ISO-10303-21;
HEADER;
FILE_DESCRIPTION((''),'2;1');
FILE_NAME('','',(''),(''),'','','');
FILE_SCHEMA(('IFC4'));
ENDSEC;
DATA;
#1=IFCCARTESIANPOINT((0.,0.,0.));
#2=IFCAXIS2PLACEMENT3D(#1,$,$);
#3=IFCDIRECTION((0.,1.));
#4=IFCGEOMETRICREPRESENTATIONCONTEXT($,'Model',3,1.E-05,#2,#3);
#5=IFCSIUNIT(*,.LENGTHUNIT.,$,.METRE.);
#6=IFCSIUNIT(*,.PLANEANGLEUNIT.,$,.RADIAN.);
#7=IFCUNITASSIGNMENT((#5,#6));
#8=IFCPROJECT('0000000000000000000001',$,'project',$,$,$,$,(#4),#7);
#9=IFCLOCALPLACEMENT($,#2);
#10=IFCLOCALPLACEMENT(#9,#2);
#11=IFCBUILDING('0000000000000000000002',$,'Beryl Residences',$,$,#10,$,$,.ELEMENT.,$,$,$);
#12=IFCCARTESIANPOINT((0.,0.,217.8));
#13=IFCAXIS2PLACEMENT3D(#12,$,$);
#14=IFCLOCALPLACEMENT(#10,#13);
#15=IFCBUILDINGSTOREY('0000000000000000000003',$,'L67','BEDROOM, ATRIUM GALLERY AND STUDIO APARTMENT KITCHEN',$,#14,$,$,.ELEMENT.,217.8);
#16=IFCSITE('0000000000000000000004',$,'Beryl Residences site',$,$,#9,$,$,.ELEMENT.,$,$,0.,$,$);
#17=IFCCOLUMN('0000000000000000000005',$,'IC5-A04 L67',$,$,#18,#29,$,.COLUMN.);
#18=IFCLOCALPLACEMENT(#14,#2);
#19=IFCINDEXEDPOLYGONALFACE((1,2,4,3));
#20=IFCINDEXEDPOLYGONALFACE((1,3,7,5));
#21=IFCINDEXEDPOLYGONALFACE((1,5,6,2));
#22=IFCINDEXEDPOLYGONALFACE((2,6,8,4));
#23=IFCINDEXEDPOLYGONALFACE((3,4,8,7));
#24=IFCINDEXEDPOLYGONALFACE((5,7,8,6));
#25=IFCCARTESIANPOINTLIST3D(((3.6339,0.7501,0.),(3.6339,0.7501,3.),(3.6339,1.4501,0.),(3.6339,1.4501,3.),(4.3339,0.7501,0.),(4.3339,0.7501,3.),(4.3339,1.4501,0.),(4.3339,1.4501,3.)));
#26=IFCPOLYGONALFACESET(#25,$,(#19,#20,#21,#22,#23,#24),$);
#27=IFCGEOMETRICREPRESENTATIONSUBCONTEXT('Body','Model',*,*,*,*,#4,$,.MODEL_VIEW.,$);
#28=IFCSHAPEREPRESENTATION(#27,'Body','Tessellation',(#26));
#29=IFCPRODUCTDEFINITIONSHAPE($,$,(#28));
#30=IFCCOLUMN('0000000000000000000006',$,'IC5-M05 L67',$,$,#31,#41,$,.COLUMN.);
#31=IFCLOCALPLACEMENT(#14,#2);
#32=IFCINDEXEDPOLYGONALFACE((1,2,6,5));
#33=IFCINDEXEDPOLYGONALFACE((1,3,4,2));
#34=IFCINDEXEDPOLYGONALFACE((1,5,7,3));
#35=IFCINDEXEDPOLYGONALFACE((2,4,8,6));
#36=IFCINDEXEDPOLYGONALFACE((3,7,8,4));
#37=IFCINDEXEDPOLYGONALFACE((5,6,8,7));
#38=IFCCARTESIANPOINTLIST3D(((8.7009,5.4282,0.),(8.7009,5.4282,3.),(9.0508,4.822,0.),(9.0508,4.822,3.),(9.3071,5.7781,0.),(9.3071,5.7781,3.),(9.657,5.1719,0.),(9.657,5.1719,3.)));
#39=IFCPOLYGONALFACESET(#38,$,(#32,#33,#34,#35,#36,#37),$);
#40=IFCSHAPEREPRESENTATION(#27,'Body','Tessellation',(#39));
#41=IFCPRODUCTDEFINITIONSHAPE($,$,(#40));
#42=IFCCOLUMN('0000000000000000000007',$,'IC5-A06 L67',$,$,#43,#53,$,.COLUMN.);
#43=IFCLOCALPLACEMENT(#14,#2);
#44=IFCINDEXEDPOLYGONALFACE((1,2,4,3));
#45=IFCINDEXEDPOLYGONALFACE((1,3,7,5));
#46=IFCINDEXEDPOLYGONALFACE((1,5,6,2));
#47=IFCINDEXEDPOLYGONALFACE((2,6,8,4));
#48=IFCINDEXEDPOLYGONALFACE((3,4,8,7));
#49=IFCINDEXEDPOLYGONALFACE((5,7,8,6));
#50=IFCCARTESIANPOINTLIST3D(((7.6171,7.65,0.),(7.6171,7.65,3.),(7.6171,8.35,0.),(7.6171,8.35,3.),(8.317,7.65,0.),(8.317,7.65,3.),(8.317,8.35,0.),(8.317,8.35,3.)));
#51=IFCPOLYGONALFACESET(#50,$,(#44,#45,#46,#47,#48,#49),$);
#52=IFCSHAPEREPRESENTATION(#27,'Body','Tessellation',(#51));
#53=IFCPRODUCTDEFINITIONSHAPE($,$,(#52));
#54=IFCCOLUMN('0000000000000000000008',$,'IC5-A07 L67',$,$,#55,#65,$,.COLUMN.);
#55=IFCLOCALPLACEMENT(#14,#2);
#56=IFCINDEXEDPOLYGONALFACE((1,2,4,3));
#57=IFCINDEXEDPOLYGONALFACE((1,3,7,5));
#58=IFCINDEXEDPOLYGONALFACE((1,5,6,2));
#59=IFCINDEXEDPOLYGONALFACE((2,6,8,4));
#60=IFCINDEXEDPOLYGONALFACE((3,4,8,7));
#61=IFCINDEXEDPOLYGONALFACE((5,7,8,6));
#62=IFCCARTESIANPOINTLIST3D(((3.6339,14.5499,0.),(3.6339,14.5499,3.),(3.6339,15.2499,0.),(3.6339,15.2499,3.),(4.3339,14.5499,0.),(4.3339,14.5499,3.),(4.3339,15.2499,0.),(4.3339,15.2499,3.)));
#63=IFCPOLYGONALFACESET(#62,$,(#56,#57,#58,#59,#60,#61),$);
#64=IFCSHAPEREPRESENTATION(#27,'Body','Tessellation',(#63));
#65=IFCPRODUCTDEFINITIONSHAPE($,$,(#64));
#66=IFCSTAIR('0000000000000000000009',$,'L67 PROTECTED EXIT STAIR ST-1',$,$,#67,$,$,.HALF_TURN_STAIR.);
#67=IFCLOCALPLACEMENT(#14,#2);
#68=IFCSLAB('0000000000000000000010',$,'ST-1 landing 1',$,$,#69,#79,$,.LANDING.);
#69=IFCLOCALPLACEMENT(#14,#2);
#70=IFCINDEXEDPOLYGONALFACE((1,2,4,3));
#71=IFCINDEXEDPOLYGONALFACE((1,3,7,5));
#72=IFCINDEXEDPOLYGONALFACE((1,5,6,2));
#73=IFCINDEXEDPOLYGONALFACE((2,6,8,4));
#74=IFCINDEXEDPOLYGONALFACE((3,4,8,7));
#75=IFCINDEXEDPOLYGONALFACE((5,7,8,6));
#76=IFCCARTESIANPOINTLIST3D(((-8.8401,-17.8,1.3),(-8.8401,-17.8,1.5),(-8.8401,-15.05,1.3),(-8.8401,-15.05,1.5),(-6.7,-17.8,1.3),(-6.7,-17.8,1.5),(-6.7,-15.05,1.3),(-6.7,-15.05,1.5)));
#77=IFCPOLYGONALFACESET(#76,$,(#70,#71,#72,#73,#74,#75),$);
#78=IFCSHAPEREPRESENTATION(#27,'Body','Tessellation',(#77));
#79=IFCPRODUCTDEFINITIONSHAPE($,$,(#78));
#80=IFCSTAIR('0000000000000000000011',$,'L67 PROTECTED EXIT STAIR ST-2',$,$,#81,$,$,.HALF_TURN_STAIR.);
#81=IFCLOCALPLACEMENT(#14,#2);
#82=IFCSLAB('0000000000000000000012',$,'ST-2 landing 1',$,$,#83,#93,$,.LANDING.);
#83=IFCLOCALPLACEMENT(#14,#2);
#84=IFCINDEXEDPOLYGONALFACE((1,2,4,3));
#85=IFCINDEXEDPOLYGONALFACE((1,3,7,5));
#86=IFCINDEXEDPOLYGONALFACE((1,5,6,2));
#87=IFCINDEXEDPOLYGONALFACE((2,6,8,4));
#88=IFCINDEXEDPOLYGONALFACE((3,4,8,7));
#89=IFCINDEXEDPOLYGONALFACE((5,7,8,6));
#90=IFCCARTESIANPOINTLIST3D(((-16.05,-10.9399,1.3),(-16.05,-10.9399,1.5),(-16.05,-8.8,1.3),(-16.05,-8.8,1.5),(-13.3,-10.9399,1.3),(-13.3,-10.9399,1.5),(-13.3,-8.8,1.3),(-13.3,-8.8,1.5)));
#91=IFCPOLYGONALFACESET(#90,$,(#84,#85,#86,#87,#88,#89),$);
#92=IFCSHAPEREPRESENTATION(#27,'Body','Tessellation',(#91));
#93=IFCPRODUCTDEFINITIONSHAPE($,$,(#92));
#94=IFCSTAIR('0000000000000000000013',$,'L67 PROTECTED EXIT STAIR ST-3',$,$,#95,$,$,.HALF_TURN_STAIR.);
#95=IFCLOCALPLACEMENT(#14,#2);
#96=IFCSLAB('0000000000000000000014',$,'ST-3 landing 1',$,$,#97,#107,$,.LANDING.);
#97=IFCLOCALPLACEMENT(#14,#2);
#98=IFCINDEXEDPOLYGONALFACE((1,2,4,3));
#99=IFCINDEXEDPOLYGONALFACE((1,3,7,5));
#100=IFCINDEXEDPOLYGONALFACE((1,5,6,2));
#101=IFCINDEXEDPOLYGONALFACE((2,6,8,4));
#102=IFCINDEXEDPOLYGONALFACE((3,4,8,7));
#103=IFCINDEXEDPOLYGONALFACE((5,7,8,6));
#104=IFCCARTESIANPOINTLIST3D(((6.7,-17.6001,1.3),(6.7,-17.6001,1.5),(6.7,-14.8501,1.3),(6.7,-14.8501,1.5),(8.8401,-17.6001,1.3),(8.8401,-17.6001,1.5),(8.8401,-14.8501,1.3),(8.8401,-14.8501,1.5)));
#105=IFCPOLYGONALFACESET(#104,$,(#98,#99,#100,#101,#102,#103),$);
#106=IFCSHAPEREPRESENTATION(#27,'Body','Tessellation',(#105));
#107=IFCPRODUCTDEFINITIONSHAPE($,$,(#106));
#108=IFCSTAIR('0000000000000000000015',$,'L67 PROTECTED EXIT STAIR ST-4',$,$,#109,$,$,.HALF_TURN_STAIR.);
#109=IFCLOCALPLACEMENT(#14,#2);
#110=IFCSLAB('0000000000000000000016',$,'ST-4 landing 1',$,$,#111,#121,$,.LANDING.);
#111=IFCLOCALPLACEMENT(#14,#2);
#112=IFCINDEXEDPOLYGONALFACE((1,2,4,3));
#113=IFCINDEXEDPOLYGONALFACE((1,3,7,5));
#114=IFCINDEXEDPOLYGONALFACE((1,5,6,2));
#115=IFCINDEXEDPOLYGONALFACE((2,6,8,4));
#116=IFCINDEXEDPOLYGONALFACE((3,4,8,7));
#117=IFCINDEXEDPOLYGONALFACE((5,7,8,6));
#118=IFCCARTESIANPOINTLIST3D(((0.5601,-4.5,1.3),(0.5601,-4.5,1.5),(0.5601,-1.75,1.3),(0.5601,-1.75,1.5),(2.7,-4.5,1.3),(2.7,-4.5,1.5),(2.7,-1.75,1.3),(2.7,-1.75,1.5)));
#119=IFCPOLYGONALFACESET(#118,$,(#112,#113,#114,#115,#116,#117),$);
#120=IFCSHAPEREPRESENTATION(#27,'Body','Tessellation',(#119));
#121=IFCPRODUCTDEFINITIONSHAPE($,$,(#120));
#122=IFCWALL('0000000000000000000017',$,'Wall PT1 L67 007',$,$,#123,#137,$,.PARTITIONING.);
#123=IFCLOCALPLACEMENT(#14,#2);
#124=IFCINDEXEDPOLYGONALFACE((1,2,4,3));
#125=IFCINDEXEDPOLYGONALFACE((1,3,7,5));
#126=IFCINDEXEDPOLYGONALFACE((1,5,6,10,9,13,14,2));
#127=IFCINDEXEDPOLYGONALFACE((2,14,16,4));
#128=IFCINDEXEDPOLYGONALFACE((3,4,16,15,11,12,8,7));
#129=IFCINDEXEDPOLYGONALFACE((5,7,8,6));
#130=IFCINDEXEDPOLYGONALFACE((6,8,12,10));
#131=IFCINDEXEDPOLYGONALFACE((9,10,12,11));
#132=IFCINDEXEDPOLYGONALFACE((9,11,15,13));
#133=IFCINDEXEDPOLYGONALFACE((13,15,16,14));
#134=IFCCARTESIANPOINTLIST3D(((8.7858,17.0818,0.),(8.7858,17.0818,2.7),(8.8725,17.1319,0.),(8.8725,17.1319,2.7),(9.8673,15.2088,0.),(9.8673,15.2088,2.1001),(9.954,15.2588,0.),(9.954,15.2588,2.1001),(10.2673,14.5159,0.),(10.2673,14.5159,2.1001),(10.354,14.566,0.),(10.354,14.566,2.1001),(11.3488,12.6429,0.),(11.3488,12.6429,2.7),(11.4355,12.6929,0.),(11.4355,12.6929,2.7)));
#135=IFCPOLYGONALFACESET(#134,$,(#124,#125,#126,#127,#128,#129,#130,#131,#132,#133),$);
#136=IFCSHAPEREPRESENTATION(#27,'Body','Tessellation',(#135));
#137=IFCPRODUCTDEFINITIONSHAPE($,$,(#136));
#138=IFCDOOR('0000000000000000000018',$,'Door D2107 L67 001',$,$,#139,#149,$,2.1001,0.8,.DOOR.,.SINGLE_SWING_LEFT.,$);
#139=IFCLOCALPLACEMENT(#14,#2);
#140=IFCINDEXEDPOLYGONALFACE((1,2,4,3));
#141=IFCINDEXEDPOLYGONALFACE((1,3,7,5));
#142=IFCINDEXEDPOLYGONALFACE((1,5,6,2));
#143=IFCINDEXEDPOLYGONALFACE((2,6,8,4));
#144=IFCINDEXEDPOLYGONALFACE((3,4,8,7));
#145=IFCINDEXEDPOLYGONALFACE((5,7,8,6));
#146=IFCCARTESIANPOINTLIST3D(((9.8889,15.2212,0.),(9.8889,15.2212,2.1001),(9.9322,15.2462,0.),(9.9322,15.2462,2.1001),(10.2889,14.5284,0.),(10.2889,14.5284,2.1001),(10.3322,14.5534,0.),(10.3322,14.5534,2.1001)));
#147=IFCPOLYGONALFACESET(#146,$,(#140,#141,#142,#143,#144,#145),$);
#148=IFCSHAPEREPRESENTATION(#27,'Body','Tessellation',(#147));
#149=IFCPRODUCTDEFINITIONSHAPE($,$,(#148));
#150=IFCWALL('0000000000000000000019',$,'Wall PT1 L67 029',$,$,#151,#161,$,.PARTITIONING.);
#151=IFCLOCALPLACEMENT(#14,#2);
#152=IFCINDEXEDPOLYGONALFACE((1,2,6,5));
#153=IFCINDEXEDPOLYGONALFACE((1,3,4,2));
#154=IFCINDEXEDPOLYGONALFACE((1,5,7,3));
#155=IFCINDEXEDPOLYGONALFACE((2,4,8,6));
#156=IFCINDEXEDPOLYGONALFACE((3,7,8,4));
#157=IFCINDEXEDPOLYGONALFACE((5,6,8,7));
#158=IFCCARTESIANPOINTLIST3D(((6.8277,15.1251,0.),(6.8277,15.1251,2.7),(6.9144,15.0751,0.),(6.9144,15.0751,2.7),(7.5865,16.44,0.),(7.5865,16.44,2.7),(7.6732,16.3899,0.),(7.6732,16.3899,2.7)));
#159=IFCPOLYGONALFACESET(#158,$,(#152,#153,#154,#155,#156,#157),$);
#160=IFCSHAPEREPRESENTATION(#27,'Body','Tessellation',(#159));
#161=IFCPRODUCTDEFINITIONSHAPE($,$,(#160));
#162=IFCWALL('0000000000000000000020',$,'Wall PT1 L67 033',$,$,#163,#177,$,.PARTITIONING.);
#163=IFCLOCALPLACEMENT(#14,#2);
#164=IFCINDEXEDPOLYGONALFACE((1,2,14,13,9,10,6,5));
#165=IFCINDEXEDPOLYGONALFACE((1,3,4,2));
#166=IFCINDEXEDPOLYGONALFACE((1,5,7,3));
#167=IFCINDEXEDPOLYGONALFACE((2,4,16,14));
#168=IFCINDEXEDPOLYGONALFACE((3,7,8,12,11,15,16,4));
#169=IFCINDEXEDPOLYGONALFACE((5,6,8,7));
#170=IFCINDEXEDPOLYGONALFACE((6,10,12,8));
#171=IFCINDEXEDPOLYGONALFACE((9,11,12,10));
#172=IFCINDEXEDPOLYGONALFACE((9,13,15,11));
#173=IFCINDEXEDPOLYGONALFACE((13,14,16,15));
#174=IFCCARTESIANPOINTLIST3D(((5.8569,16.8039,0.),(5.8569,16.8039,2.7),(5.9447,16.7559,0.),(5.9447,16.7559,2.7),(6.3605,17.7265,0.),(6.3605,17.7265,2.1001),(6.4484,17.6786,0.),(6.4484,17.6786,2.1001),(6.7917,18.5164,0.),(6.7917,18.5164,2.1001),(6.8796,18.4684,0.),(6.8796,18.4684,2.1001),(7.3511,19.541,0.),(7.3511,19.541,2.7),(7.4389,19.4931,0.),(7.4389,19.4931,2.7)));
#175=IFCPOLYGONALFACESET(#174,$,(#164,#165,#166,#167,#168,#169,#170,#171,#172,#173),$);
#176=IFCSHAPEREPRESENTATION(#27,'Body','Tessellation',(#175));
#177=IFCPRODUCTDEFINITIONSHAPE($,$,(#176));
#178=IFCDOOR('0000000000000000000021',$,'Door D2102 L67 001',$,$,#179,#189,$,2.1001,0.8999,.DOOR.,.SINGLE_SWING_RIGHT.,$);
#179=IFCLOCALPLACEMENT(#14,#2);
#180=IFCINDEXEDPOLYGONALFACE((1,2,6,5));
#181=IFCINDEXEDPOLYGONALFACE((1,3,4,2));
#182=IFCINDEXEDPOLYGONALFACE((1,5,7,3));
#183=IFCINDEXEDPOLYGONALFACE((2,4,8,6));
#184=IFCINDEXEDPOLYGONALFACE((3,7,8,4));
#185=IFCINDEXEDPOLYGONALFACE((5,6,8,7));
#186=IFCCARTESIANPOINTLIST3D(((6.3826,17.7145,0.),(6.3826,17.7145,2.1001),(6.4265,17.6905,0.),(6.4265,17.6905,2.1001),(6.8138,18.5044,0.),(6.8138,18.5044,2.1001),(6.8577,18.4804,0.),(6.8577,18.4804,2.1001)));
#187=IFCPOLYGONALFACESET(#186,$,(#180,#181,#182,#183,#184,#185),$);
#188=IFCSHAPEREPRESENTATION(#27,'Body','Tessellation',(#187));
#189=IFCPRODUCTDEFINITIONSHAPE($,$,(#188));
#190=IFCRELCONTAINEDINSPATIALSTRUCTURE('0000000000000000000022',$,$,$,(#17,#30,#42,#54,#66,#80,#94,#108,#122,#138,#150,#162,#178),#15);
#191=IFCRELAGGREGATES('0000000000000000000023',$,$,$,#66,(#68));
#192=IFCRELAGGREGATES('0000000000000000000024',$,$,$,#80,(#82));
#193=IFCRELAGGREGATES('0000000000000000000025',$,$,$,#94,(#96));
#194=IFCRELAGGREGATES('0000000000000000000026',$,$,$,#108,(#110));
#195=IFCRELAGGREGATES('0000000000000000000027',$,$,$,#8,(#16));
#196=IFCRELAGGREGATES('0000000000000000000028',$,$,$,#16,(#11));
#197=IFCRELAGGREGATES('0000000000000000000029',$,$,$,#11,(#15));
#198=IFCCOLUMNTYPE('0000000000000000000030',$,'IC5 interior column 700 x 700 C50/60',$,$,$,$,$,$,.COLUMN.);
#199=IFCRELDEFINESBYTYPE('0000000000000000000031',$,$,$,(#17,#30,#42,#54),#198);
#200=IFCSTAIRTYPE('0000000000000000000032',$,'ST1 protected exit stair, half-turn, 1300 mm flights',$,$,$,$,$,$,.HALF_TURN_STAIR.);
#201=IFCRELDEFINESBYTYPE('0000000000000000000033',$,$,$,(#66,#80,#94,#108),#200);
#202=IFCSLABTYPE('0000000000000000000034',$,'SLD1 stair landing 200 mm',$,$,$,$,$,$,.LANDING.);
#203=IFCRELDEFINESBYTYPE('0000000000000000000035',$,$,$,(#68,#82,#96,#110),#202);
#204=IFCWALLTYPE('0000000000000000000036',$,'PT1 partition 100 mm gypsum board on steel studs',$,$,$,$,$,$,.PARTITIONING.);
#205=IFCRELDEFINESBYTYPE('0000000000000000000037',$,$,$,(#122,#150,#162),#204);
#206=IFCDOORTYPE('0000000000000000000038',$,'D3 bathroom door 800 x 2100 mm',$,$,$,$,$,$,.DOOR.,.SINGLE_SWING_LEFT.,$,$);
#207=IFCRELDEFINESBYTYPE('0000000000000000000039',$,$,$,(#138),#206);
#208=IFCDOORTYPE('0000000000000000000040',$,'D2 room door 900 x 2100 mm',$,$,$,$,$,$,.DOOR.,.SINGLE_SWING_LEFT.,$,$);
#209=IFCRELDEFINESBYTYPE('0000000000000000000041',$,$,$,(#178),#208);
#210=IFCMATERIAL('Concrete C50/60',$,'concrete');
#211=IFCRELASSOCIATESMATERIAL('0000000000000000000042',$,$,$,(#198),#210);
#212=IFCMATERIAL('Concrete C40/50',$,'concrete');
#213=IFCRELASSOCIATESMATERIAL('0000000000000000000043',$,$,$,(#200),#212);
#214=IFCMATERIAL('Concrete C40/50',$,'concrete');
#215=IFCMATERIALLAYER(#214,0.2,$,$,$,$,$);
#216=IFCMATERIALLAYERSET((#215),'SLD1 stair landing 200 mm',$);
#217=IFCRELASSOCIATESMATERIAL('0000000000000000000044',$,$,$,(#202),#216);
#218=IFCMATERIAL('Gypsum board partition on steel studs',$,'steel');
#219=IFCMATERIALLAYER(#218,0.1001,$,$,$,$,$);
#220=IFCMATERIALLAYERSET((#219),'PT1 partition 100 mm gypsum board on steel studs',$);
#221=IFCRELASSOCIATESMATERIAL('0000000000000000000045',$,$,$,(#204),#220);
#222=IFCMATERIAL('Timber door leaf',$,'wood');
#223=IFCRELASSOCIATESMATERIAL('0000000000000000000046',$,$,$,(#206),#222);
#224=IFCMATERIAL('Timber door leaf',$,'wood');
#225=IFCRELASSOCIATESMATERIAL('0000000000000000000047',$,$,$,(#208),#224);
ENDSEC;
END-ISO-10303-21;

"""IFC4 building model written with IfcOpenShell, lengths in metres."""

from ifc_helpers import new_model, si_unit, direction, frame, frame_2d, origin, origin_2d, place, context, subcontext, project, spatial, polyline, rectangle, outline, extrude, material, layer, layer_set, material_profile, profile_set, type_object, element, fill, aggregate, save


model = new_model("IFC4")

# Units and contexts
model_context = context("Model", 3, precision=1e-05, world=origin(), true_north=direction((0.0, 1.0)))
body_context = subcontext(model_context, "Body", "Model", "MODEL_VIEW")
ifc_project = project(units=[si_unit("LENGTHUNIT", "METRE"), si_unit("PLANEANGLEUNIT", "RADIAN")], contexts=[model_context])

# Site, building, storey
site_placement = place(None, origin())
site = spatial("IfcSite", under=ifc_project, at=site_placement, Name="Beryl Residences site", CompositionType="ELEMENT", RefElevation=0.0)
building_placement = place(site_placement, origin())
building = spatial("IfcBuilding", under=site, at=building_placement, Name="Beryl Residences", CompositionType="ELEMENT")
storey_placement = place(building_placement, frame((0.0, 0.0, 217.8)))
storey = spatial("IfcBuildingStorey", under=building, at=storey_placement, Name="L67", Description="BEDROOM, ATRIUM GALLERY AND STUDIO APARTMENT KITCHEN", CompositionType="ELEMENT", Elevation=217.8)

# Columns
ifc_material_1 = material(Name="Concrete C50/60", Category="concrete")
ifc_material_profile = material_profile(ifc_material_1, rectangle(XDim=0.7, YDim=0.7, at=origin_2d()))
ifc_profile_set = profile_set([ifc_material_profile], Name="Concrete C50/60")
column_type = type_object("IfcColumnType", Name="IC5 interior column 700 x 700 C50/60", PredefinedType="COLUMN", material=ifc_profile_set)
for number, where, z_axis, x_axis, name in (
    (1, (3.9839, 1.1001, 0.0), (0.0, 0.0, 1.0), (1.0, 0.0, 0.0), "IC5-A04 L67"),
    (2, (9.179, 5.3, 0.0), (0.0, 0.0, 1.0), (-0.49997, 0.866043, 0.0), "IC5-M05 L67"),
    (3, (7.967, 8.0, 0.0), (0.0, 0.0, 1.0), (1.0, 0.0, 0.0), "IC5-A06 L67"),
    (4, (3.9839, 14.8999, 0.0), (0.0, 0.0, 1.0), (1.0, 0.0, 0.0), "IC5-A07 L67"),
):
    element("IfcColumn", number, at=place(storey_placement, frame(where, z_axis=z_axis, x_axis=x_axis)), inside=storey, type_object=column_type, Name=name, PredefinedType="COLUMN", context=body_context, shape_type="SweptSolid", body=[
        extrude(rectangle(XDim=0.7, YDim=0.7, at=origin_2d()), origin(), (0.0, 0.0, 1.0), 3.0),
    ])

# Stairs, slabs
ifc_material_2 = material(Name="Concrete C40/50", Category="concrete")
stair_type = type_object("IfcStairType", Name="ST1 protected exit stair, half-turn, 1300 mm flights", PredefinedType="HALF_TURN_STAIR", material=ifc_material_2)
stair_1_placement = place(storey_placement, origin())
stair_1 = element("IfcStair", 5, at=stair_1_placement, inside=storey, type_object=stair_type, Name="L67 PROTECTED EXIT STAIR ST-1", PredefinedType="HALF_TURN_STAIR")
ifc_material_3 = material(Name="Concrete C40/50", Category="concrete")
ifc_layer_1 = layer(ifc_material_3, 0.2)
ifc_layer_set_1 = layer_set([ifc_layer_1], Name="SLD1 stair landing 200 mm")
slab_type_1 = type_object("IfcSlabType", Name="SLD1 stair landing 200 mm", PredefinedType="LANDING", material=ifc_layer_set_1)
slab_1_placement = place(storey_placement, frame((0.0, 0.0, 1.3)))
slab_1 = element("IfcSlab", 6, at=slab_1_placement, type_object=slab_type_1, Name="ST-1 landing 1", PredefinedType="LANDING", context=body_context, shape_type="SweptSolid", body=[
    extrude(outline(polyline([(-8.8401, -17.8), (-6.7, -17.8), (-6.7, -15.05), (-8.8401, -15.05), (-8.8401, -17.8)])), origin(), (0.0, 0.0, 1.0), 0.2),
])
aggregate(stair_1, [slab_1])
stair_2_placement = place(storey_placement, origin())
stair_2 = element("IfcStair", 7, at=stair_2_placement, inside=storey, type_object=stair_type, Name="L67 PROTECTED EXIT STAIR ST-2", PredefinedType="HALF_TURN_STAIR")
slab_2_placement = place(storey_placement, frame((0.0, 0.0, 1.3)))
slab_2 = element("IfcSlab", 8, at=slab_2_placement, type_object=slab_type_1, Name="ST-2 landing 1", PredefinedType="LANDING", context=body_context, shape_type="SweptSolid", body=[
    extrude(outline(polyline([(-13.3, -10.9399), (-13.3, -8.8), (-16.05, -8.8), (-16.05, -10.9399), (-13.3, -10.9399)])), origin(), (0.0, 0.0, 1.0), 0.2),
])
aggregate(stair_2, [slab_2])
stair_3_placement = place(storey_placement, origin())
stair_3 = element("IfcStair", 9, at=stair_3_placement, inside=storey, type_object=stair_type, Name="L67 PROTECTED EXIT STAIR ST-3", PredefinedType="HALF_TURN_STAIR")
slab_3_placement = place(storey_placement, frame((0.0, 0.0, 1.3)))
slab_3 = element("IfcSlab", 10, at=slab_3_placement, type_object=slab_type_1, Name="ST-3 landing 1", PredefinedType="LANDING", context=body_context, shape_type="SweptSolid", body=[
    extrude(outline(polyline([(8.8401, -14.8501), (6.7, -14.8501), (6.7, -17.6001), (8.8401, -17.6001), (8.8401, -14.8501)])), origin(), (0.0, 0.0, 1.0), 0.2),
])
aggregate(stair_3, [slab_3])
stair_4_placement = place(storey_placement, origin())
stair_4 = element("IfcStair", 11, at=stair_4_placement, inside=storey, type_object=stair_type, Name="L67 PROTECTED EXIT STAIR ST-4", PredefinedType="HALF_TURN_STAIR")
slab_4_placement = place(storey_placement, frame((0.0, 0.0, 1.3)))
slab_4 = element("IfcSlab", 12, at=slab_4_placement, type_object=slab_type_1, Name="ST-4 landing 1", PredefinedType="LANDING", context=body_context, shape_type="SweptSolid", body=[
    extrude(outline(polyline([(0.5601, -4.5), (2.7, -4.5), (2.7, -1.75), (0.5601, -1.75), (0.5601, -4.5)])), origin(), (0.0, 0.0, 1.0), 0.2),
])
aggregate(stair_4, [slab_4])

# Wall, opening, door
ifc_material_4 = material(Name="Gypsum board partition on steel studs", Category="steel")
ifc_layer_2 = layer(ifc_material_4, 0.1001)
ifc_layer_set_2 = layer_set([ifc_layer_2], Name="PT1 partition 100 mm gypsum board on steel studs")
wall_type_1 = type_object("IfcWallType", Name="PT1 partition 100 mm gypsum board on steel studs", PredefinedType="PARTITIONING", material=ifc_layer_set_2)
wall_1_placement = place(storey_placement, frame((8.8291, 17.1069, 0.0), z_axis=(0.0, 0.0, 1.0), x_axis=(0.500022, -0.866013, 0.0)))
wall_1 = element("IfcWall", 13, at=wall_1_placement, inside=storey, type_object=wall_type_1, Name="Wall PT1 L67 007", PredefinedType="PARTITIONING", context=body_context, shape_type="SweptSolid", body=[
    extrude(rectangle(XDim=5.1257, YDim=0.1001, at=frame_2d((2.563, 0.0))), origin(), (0.0, 0.0, 1.0), 2.7),
])
opening_1_placement = place(wall_1_placement, frame((2.1631, 0.0, 0.0)))
opening_1 = element("IfcOpeningElement", 14, at=opening_1_placement, cuts=wall_1, PredefinedType="OPENING", context=body_context, shape_type="SweptSolid", body=[
    extrude(rectangle(XDim=0.8, YDim=2.1001, at=frame_2d((0.3999, 1.05))), frame((0.0, 0.0601, 0.0), z_axis=(0.0, -1.0, 0.0), x_axis=(1.0, 0.0, 0.0)), (0.0, 0.0, 1.0), 0.1201),
])
ifc_material_5 = material(Name="Timber door leaf", Category="wood")
door_type_1 = type_object("IfcDoorType", Name="D3 bathroom door 800 x 2100 mm", OperationType="SINGLE_SWING_LEFT", PredefinedType="DOOR", material=ifc_material_5)
door_1_placement = place(opening_1_placement, origin())
door_1 = element("IfcDoor", 15, at=door_1_placement, inside=storey, type_object=door_type_1, Name="Door D2107 L67 001", OperationType="SINGLE_SWING_LEFT", OverallHeight=2.1001, OverallWidth=0.8, PredefinedType="DOOR", context=body_context, shape_type="SweptSolid", body=[
    extrude(rectangle(XDim=0.8, YDim=2.1001, at=frame_2d((0.3999, 1.05))), frame((0.0, 0.0249, 0.0), z_axis=(0.0, -1.0, 0.0), x_axis=(1.0, 0.0, 0.0)), (0.0, 0.0, 1.0), 0.05),
])
fill(opening_1, door_1)

# Wall
wall_2_placement = place(storey_placement, frame((6.8711, 15.1001, 0.0), z_axis=(0.0, 0.0, 1.0), x_axis=(0.499806, 0.866137, 0.0)))
element("IfcWall", 16, at=wall_2_placement, inside=storey, type_object=wall_type_1, Name="Wall PT1 L67 029", PredefinedType="PARTITIONING", context=body_context, shape_type="SweptSolid", body=[
    extrude(rectangle(XDim=1.5181, YDim=0.1001, at=frame_2d((0.759, 0.0))), origin(), (0.0, 0.0, 1.0), 2.7),
])

# Wall, opening, door
wall_3_placement = place(storey_placement, frame((5.9009, 16.78, 0.0), z_axis=(0.0, 0.0, 1.0), x_axis=(0.479148, 0.877734, 0.0)))
wall_3 = element("IfcWall", 17, at=wall_3_placement, inside=storey, type_object=wall_type_1, Name="Wall PT1 L67 033", PredefinedType="PARTITIONING", context=body_context, shape_type="SweptSolid", body=[
    extrude(rectangle(XDim=3.1184, YDim=0.1001, at=frame_2d((1.5591, 0.0))), origin(), (0.0, 0.0, 1.0), 2.7),
])
opening_2_placement = place(wall_3_placement, frame((1.051, 0.0, 0.0)))
opening_2 = element("IfcOpeningElement", 18, at=opening_2_placement, cuts=wall_3, PredefinedType="OPENING", context=body_context, shape_type="SweptSolid", body=[
    extrude(rectangle(XDim=0.8999, YDim=2.1001, at=frame_2d((0.45, 1.05))), frame((0.0, 0.0601, 0.0), z_axis=(0.0, -1.0, 0.0), x_axis=(1.0, 0.0, 0.0)), (0.0, 0.0, 1.0), 0.1201),
])
ifc_material_6 = material(Name="Timber door leaf", Category="wood")
door_type_2 = type_object("IfcDoorType", Name="D2 room door 900 x 2100 mm", OperationType="SINGLE_SWING_LEFT", PredefinedType="DOOR", material=ifc_material_6)
door_2_placement = place(opening_2_placement, origin())
door_2 = element("IfcDoor", 19, at=door_2_placement, inside=storey, type_object=door_type_2, Name="Door D2102 L67 001", OperationType="SINGLE_SWING_RIGHT", OverallHeight=2.1001, OverallWidth=0.8999, PredefinedType="DOOR", context=body_context, shape_type="SweptSolid", body=[
    extrude(rectangle(XDim=0.8999, YDim=2.1001, at=frame_2d((0.45, 1.05))), frame((0.0, 0.0249, 0.0), z_axis=(0.0, -1.0, 0.0), x_axis=(1.0, 0.0, 0.0)), (0.0, 0.0, 1.0), 0.05),
])
fill(opening_2, door_2)

save(model, "model.ifc")
